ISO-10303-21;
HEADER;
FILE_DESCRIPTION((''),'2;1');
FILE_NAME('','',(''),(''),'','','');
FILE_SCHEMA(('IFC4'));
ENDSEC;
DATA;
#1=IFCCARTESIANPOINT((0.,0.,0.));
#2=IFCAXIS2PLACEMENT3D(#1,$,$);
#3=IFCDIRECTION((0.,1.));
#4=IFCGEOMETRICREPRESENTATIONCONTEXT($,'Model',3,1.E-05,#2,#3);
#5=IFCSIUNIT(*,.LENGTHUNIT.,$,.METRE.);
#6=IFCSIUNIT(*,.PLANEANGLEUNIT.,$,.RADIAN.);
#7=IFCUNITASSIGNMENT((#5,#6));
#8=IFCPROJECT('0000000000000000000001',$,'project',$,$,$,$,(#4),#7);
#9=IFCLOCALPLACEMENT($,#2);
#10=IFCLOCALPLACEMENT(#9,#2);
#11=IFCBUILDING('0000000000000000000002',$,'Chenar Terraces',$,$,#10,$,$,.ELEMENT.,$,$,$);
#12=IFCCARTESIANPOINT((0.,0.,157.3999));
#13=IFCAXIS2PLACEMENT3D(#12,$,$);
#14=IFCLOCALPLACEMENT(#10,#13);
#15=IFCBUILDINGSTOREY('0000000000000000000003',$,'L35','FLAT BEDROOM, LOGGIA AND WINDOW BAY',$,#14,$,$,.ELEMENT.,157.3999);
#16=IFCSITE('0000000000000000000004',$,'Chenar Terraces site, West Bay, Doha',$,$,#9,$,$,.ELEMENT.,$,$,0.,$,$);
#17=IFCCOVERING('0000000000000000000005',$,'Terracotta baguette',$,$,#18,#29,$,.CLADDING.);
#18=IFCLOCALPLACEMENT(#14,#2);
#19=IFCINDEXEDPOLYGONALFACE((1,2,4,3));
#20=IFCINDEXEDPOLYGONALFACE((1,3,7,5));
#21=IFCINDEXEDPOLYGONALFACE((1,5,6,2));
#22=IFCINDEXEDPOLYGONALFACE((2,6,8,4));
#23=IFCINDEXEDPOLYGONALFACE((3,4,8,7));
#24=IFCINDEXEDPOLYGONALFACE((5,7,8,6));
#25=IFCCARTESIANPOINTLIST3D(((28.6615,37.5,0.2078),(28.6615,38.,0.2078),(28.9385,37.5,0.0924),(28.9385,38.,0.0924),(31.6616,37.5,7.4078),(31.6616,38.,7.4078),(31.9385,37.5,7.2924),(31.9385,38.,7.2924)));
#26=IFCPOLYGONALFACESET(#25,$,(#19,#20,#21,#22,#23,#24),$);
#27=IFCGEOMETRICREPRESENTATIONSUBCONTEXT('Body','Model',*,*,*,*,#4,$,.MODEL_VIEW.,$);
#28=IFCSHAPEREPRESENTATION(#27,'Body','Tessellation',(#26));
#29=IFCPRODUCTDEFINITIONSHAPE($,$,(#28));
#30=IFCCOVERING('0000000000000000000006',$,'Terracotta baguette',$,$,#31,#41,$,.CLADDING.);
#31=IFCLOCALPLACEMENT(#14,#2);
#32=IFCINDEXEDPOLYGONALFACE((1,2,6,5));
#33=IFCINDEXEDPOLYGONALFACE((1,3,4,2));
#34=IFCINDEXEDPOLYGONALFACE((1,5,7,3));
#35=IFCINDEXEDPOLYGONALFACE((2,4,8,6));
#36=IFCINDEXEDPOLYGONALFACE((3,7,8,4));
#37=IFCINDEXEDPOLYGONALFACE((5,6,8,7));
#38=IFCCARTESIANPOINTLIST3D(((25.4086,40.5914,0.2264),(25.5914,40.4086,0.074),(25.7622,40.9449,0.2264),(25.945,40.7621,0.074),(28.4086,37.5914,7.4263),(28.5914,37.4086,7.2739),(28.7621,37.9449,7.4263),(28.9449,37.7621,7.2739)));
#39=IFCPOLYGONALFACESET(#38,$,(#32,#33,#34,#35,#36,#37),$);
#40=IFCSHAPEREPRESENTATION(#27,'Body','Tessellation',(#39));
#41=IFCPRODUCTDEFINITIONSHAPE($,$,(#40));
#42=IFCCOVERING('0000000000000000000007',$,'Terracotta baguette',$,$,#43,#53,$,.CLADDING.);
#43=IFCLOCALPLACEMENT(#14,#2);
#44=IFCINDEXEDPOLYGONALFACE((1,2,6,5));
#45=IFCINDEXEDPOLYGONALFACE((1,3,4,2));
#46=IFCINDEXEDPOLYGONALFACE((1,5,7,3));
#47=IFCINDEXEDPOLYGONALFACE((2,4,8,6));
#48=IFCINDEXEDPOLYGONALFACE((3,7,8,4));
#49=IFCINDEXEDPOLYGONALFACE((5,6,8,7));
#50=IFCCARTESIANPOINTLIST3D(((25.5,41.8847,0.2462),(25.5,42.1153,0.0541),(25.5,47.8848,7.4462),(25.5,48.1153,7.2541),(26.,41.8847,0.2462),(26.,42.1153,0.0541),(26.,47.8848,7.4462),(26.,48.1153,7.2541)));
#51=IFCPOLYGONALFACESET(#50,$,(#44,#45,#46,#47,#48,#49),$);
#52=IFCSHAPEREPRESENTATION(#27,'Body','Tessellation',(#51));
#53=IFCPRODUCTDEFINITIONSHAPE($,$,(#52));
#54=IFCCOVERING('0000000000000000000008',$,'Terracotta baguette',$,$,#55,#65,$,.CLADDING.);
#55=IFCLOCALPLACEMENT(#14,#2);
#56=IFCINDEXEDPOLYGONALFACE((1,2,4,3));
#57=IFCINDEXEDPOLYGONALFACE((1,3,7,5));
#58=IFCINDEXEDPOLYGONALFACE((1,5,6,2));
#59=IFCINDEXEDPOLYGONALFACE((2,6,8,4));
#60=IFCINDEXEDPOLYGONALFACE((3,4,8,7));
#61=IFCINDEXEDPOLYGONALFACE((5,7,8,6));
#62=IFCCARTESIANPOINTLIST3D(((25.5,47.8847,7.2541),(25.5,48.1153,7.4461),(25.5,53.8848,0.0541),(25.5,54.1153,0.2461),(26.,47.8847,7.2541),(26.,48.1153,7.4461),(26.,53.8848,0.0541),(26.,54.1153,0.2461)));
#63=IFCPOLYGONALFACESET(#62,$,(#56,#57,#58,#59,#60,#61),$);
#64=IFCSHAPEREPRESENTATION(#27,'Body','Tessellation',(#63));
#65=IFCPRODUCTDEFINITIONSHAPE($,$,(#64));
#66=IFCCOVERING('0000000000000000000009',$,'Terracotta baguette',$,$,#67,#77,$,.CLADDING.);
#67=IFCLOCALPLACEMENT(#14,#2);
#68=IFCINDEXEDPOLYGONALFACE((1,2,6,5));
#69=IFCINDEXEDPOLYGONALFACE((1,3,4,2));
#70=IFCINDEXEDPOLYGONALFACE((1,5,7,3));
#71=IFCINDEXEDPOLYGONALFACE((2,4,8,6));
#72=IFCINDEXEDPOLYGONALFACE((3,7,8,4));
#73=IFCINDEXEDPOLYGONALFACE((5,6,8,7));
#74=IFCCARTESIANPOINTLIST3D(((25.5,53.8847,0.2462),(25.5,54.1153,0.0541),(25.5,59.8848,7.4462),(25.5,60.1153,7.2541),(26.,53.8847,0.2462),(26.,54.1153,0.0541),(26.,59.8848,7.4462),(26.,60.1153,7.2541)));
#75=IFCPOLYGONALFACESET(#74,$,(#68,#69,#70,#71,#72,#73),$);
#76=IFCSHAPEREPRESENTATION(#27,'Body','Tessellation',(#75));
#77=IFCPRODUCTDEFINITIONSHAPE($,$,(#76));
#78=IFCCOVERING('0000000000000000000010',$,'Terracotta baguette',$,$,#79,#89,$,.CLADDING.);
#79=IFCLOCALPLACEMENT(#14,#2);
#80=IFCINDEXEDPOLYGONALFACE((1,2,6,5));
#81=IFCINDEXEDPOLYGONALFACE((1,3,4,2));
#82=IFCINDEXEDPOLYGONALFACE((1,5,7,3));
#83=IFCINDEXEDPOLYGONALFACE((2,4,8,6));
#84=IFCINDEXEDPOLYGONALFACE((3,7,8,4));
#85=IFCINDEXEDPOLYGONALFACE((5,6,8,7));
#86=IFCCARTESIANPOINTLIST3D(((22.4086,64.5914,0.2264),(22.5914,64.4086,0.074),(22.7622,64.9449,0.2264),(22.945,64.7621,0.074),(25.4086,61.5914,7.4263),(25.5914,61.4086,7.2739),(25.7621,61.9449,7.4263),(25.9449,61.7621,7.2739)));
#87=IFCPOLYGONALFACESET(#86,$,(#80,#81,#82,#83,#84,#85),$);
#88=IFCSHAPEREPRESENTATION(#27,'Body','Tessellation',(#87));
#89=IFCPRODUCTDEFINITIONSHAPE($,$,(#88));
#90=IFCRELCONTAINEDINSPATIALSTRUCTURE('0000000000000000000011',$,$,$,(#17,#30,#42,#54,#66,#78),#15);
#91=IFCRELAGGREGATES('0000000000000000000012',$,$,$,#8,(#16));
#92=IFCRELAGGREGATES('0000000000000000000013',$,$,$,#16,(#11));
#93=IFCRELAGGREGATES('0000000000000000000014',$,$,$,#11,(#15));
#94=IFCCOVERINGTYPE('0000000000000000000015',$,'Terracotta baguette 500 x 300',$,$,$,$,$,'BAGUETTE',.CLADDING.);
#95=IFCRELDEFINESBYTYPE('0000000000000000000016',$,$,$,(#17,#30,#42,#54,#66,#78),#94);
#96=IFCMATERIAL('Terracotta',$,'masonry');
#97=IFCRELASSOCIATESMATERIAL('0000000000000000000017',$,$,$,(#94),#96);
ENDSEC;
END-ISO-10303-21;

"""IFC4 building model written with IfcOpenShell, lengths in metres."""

from ifc_helpers import new_model, si_unit, direction, frame, origin, origin_2d, place, context, subcontext, project, spatial, rectangle, extrude, material, material_profile, profile_set, type_object, element, save


model = new_model("IFC4")

# Units and contexts
model_context = context("Model", 3, precision=1e-05, world=origin(), true_north=direction((0.0, 1.0)))
body_context = subcontext(model_context, "Body", "Model", "MODEL_VIEW")
ifc_project = project(units=[si_unit("LENGTHUNIT", "METRE"), si_unit("PLANEANGLEUNIT", "RADIAN")], contexts=[model_context])

# Site, building, storey
site_placement = place(None, origin())
site = spatial("IfcSite", under=ifc_project, at=site_placement, Name="Chenar Terraces site, West Bay, Doha", CompositionType="ELEMENT", RefElevation=0.0)
building_placement = place(site_placement, origin())
building = spatial("IfcBuilding", under=site, at=building_placement, Name="Chenar Terraces", CompositionType="ELEMENT")
storey_placement = place(building_placement, frame((0.0, 0.0, 157.3999)))
storey = spatial("IfcBuildingStorey", under=building, at=storey_placement, Name="L35", Description="FLAT BEDROOM, LOGGIA AND WINDOW BAY", CompositionType="ELEMENT", Elevation=157.3999)

# Coverings
ifc_material_1 = material(Name="Terracotta", Category="masonry")
ifc_material_profile_1 = material_profile(ifc_material_1, rectangle(XDim=0.5, YDim=0.3, at=origin_2d()), Name="Terracotta baguette 500 x 300")
ifc_profile_set_1 = profile_set([ifc_material_profile_1], Name="Terracotta")
covering_type = type_object("IfcCoveringType", Name="Terracotta baguette 500 x 300", ElementType="BAGUETTE", PredefinedType="CLADDING", material=ifc_profile_set_1)
covering_1_placement = place(storey_placement, frame((31.8, 37.75, 7.3501), z_axis=(-0.384618, 0.0, -0.923076), x_axis=(0.0, -1.0, 0.0)))
element("IfcCovering", 1, at=covering_1_placement, inside=storey, type_object=covering_type, Name="Terracotta baguette", PredefinedType="CLADDING", context=body_context, shape_type="SweptSolid", body=[
    extrude(rectangle(XDim=0.5, YDim=0.3, at=origin_2d()), origin(), (0.0, 0.0, 1.0), 7.8),
])
covering_2_placement = place(storey_placement, frame((28.6768, 37.6768, 7.3501), z_axis=(-0.358981, 0.358981, -0.861548), x_axis=(-0.707107, -0.707107, 0.0)))
element("IfcCovering", 2, at=covering_2_placement, inside=storey, type_object=covering_type, Name="Terracotta baguette", PredefinedType="CLADDING", context=body_context, shape_type="SweptSolid", body=[
    extrude(rectangle(XDim=0.5, YDim=0.3, at=origin_2d()), origin(), (0.0, 0.0, 1.0), 8.3569),
])
for number, where, z_axis, x_axis, name in (
    (3, (25.75, 42.0, 0.1501), (0.0, 0.640187, 0.768219), (-1.0, 0.0, 0.0), "Terracotta baguette"),
    (4, (25.75, 48.0, 7.3501), (0.0, 0.640187, -0.768219), (-1.0, 0.0, 0.0), "Terracotta baguette"),
    (5, (25.75, 54.0, 0.1501), (0.0, 0.640187, 0.768219), (-1.0, 0.0, 0.0), "Terracotta baguette"),
):
    element("IfcCovering", number, at=place(storey_placement, frame(where, z_axis=z_axis, x_axis=x_axis)), inside=storey, type_object=covering_type, Name=name, PredefinedType="CLADDING", context=body_context, shape_type="SweptSolid", body=[
        extrude(rectangle(XDim=0.5, YDim=0.3, at=origin_2d()), origin(), (0.0, 0.0, 1.0), 9.3723),
    ])
covering_3_placement = place(storey_placement, frame((25.6768, 61.6768, 7.3501), z_axis=(-0.358981, 0.358981, -0.861548), x_axis=(-0.707107, -0.707107, 0.0)))
element("IfcCovering", 6, at=covering_3_placement, inside=storey, type_object=covering_type, Name="Terracotta baguette", PredefinedType="CLADDING", context=body_context, shape_type="SweptSolid", body=[
    extrude(rectangle(XDim=0.5, YDim=0.3, at=origin_2d()), origin(), (0.0, 0.0, 1.0), 8.3569),
])

save(model, "model.ifc")
